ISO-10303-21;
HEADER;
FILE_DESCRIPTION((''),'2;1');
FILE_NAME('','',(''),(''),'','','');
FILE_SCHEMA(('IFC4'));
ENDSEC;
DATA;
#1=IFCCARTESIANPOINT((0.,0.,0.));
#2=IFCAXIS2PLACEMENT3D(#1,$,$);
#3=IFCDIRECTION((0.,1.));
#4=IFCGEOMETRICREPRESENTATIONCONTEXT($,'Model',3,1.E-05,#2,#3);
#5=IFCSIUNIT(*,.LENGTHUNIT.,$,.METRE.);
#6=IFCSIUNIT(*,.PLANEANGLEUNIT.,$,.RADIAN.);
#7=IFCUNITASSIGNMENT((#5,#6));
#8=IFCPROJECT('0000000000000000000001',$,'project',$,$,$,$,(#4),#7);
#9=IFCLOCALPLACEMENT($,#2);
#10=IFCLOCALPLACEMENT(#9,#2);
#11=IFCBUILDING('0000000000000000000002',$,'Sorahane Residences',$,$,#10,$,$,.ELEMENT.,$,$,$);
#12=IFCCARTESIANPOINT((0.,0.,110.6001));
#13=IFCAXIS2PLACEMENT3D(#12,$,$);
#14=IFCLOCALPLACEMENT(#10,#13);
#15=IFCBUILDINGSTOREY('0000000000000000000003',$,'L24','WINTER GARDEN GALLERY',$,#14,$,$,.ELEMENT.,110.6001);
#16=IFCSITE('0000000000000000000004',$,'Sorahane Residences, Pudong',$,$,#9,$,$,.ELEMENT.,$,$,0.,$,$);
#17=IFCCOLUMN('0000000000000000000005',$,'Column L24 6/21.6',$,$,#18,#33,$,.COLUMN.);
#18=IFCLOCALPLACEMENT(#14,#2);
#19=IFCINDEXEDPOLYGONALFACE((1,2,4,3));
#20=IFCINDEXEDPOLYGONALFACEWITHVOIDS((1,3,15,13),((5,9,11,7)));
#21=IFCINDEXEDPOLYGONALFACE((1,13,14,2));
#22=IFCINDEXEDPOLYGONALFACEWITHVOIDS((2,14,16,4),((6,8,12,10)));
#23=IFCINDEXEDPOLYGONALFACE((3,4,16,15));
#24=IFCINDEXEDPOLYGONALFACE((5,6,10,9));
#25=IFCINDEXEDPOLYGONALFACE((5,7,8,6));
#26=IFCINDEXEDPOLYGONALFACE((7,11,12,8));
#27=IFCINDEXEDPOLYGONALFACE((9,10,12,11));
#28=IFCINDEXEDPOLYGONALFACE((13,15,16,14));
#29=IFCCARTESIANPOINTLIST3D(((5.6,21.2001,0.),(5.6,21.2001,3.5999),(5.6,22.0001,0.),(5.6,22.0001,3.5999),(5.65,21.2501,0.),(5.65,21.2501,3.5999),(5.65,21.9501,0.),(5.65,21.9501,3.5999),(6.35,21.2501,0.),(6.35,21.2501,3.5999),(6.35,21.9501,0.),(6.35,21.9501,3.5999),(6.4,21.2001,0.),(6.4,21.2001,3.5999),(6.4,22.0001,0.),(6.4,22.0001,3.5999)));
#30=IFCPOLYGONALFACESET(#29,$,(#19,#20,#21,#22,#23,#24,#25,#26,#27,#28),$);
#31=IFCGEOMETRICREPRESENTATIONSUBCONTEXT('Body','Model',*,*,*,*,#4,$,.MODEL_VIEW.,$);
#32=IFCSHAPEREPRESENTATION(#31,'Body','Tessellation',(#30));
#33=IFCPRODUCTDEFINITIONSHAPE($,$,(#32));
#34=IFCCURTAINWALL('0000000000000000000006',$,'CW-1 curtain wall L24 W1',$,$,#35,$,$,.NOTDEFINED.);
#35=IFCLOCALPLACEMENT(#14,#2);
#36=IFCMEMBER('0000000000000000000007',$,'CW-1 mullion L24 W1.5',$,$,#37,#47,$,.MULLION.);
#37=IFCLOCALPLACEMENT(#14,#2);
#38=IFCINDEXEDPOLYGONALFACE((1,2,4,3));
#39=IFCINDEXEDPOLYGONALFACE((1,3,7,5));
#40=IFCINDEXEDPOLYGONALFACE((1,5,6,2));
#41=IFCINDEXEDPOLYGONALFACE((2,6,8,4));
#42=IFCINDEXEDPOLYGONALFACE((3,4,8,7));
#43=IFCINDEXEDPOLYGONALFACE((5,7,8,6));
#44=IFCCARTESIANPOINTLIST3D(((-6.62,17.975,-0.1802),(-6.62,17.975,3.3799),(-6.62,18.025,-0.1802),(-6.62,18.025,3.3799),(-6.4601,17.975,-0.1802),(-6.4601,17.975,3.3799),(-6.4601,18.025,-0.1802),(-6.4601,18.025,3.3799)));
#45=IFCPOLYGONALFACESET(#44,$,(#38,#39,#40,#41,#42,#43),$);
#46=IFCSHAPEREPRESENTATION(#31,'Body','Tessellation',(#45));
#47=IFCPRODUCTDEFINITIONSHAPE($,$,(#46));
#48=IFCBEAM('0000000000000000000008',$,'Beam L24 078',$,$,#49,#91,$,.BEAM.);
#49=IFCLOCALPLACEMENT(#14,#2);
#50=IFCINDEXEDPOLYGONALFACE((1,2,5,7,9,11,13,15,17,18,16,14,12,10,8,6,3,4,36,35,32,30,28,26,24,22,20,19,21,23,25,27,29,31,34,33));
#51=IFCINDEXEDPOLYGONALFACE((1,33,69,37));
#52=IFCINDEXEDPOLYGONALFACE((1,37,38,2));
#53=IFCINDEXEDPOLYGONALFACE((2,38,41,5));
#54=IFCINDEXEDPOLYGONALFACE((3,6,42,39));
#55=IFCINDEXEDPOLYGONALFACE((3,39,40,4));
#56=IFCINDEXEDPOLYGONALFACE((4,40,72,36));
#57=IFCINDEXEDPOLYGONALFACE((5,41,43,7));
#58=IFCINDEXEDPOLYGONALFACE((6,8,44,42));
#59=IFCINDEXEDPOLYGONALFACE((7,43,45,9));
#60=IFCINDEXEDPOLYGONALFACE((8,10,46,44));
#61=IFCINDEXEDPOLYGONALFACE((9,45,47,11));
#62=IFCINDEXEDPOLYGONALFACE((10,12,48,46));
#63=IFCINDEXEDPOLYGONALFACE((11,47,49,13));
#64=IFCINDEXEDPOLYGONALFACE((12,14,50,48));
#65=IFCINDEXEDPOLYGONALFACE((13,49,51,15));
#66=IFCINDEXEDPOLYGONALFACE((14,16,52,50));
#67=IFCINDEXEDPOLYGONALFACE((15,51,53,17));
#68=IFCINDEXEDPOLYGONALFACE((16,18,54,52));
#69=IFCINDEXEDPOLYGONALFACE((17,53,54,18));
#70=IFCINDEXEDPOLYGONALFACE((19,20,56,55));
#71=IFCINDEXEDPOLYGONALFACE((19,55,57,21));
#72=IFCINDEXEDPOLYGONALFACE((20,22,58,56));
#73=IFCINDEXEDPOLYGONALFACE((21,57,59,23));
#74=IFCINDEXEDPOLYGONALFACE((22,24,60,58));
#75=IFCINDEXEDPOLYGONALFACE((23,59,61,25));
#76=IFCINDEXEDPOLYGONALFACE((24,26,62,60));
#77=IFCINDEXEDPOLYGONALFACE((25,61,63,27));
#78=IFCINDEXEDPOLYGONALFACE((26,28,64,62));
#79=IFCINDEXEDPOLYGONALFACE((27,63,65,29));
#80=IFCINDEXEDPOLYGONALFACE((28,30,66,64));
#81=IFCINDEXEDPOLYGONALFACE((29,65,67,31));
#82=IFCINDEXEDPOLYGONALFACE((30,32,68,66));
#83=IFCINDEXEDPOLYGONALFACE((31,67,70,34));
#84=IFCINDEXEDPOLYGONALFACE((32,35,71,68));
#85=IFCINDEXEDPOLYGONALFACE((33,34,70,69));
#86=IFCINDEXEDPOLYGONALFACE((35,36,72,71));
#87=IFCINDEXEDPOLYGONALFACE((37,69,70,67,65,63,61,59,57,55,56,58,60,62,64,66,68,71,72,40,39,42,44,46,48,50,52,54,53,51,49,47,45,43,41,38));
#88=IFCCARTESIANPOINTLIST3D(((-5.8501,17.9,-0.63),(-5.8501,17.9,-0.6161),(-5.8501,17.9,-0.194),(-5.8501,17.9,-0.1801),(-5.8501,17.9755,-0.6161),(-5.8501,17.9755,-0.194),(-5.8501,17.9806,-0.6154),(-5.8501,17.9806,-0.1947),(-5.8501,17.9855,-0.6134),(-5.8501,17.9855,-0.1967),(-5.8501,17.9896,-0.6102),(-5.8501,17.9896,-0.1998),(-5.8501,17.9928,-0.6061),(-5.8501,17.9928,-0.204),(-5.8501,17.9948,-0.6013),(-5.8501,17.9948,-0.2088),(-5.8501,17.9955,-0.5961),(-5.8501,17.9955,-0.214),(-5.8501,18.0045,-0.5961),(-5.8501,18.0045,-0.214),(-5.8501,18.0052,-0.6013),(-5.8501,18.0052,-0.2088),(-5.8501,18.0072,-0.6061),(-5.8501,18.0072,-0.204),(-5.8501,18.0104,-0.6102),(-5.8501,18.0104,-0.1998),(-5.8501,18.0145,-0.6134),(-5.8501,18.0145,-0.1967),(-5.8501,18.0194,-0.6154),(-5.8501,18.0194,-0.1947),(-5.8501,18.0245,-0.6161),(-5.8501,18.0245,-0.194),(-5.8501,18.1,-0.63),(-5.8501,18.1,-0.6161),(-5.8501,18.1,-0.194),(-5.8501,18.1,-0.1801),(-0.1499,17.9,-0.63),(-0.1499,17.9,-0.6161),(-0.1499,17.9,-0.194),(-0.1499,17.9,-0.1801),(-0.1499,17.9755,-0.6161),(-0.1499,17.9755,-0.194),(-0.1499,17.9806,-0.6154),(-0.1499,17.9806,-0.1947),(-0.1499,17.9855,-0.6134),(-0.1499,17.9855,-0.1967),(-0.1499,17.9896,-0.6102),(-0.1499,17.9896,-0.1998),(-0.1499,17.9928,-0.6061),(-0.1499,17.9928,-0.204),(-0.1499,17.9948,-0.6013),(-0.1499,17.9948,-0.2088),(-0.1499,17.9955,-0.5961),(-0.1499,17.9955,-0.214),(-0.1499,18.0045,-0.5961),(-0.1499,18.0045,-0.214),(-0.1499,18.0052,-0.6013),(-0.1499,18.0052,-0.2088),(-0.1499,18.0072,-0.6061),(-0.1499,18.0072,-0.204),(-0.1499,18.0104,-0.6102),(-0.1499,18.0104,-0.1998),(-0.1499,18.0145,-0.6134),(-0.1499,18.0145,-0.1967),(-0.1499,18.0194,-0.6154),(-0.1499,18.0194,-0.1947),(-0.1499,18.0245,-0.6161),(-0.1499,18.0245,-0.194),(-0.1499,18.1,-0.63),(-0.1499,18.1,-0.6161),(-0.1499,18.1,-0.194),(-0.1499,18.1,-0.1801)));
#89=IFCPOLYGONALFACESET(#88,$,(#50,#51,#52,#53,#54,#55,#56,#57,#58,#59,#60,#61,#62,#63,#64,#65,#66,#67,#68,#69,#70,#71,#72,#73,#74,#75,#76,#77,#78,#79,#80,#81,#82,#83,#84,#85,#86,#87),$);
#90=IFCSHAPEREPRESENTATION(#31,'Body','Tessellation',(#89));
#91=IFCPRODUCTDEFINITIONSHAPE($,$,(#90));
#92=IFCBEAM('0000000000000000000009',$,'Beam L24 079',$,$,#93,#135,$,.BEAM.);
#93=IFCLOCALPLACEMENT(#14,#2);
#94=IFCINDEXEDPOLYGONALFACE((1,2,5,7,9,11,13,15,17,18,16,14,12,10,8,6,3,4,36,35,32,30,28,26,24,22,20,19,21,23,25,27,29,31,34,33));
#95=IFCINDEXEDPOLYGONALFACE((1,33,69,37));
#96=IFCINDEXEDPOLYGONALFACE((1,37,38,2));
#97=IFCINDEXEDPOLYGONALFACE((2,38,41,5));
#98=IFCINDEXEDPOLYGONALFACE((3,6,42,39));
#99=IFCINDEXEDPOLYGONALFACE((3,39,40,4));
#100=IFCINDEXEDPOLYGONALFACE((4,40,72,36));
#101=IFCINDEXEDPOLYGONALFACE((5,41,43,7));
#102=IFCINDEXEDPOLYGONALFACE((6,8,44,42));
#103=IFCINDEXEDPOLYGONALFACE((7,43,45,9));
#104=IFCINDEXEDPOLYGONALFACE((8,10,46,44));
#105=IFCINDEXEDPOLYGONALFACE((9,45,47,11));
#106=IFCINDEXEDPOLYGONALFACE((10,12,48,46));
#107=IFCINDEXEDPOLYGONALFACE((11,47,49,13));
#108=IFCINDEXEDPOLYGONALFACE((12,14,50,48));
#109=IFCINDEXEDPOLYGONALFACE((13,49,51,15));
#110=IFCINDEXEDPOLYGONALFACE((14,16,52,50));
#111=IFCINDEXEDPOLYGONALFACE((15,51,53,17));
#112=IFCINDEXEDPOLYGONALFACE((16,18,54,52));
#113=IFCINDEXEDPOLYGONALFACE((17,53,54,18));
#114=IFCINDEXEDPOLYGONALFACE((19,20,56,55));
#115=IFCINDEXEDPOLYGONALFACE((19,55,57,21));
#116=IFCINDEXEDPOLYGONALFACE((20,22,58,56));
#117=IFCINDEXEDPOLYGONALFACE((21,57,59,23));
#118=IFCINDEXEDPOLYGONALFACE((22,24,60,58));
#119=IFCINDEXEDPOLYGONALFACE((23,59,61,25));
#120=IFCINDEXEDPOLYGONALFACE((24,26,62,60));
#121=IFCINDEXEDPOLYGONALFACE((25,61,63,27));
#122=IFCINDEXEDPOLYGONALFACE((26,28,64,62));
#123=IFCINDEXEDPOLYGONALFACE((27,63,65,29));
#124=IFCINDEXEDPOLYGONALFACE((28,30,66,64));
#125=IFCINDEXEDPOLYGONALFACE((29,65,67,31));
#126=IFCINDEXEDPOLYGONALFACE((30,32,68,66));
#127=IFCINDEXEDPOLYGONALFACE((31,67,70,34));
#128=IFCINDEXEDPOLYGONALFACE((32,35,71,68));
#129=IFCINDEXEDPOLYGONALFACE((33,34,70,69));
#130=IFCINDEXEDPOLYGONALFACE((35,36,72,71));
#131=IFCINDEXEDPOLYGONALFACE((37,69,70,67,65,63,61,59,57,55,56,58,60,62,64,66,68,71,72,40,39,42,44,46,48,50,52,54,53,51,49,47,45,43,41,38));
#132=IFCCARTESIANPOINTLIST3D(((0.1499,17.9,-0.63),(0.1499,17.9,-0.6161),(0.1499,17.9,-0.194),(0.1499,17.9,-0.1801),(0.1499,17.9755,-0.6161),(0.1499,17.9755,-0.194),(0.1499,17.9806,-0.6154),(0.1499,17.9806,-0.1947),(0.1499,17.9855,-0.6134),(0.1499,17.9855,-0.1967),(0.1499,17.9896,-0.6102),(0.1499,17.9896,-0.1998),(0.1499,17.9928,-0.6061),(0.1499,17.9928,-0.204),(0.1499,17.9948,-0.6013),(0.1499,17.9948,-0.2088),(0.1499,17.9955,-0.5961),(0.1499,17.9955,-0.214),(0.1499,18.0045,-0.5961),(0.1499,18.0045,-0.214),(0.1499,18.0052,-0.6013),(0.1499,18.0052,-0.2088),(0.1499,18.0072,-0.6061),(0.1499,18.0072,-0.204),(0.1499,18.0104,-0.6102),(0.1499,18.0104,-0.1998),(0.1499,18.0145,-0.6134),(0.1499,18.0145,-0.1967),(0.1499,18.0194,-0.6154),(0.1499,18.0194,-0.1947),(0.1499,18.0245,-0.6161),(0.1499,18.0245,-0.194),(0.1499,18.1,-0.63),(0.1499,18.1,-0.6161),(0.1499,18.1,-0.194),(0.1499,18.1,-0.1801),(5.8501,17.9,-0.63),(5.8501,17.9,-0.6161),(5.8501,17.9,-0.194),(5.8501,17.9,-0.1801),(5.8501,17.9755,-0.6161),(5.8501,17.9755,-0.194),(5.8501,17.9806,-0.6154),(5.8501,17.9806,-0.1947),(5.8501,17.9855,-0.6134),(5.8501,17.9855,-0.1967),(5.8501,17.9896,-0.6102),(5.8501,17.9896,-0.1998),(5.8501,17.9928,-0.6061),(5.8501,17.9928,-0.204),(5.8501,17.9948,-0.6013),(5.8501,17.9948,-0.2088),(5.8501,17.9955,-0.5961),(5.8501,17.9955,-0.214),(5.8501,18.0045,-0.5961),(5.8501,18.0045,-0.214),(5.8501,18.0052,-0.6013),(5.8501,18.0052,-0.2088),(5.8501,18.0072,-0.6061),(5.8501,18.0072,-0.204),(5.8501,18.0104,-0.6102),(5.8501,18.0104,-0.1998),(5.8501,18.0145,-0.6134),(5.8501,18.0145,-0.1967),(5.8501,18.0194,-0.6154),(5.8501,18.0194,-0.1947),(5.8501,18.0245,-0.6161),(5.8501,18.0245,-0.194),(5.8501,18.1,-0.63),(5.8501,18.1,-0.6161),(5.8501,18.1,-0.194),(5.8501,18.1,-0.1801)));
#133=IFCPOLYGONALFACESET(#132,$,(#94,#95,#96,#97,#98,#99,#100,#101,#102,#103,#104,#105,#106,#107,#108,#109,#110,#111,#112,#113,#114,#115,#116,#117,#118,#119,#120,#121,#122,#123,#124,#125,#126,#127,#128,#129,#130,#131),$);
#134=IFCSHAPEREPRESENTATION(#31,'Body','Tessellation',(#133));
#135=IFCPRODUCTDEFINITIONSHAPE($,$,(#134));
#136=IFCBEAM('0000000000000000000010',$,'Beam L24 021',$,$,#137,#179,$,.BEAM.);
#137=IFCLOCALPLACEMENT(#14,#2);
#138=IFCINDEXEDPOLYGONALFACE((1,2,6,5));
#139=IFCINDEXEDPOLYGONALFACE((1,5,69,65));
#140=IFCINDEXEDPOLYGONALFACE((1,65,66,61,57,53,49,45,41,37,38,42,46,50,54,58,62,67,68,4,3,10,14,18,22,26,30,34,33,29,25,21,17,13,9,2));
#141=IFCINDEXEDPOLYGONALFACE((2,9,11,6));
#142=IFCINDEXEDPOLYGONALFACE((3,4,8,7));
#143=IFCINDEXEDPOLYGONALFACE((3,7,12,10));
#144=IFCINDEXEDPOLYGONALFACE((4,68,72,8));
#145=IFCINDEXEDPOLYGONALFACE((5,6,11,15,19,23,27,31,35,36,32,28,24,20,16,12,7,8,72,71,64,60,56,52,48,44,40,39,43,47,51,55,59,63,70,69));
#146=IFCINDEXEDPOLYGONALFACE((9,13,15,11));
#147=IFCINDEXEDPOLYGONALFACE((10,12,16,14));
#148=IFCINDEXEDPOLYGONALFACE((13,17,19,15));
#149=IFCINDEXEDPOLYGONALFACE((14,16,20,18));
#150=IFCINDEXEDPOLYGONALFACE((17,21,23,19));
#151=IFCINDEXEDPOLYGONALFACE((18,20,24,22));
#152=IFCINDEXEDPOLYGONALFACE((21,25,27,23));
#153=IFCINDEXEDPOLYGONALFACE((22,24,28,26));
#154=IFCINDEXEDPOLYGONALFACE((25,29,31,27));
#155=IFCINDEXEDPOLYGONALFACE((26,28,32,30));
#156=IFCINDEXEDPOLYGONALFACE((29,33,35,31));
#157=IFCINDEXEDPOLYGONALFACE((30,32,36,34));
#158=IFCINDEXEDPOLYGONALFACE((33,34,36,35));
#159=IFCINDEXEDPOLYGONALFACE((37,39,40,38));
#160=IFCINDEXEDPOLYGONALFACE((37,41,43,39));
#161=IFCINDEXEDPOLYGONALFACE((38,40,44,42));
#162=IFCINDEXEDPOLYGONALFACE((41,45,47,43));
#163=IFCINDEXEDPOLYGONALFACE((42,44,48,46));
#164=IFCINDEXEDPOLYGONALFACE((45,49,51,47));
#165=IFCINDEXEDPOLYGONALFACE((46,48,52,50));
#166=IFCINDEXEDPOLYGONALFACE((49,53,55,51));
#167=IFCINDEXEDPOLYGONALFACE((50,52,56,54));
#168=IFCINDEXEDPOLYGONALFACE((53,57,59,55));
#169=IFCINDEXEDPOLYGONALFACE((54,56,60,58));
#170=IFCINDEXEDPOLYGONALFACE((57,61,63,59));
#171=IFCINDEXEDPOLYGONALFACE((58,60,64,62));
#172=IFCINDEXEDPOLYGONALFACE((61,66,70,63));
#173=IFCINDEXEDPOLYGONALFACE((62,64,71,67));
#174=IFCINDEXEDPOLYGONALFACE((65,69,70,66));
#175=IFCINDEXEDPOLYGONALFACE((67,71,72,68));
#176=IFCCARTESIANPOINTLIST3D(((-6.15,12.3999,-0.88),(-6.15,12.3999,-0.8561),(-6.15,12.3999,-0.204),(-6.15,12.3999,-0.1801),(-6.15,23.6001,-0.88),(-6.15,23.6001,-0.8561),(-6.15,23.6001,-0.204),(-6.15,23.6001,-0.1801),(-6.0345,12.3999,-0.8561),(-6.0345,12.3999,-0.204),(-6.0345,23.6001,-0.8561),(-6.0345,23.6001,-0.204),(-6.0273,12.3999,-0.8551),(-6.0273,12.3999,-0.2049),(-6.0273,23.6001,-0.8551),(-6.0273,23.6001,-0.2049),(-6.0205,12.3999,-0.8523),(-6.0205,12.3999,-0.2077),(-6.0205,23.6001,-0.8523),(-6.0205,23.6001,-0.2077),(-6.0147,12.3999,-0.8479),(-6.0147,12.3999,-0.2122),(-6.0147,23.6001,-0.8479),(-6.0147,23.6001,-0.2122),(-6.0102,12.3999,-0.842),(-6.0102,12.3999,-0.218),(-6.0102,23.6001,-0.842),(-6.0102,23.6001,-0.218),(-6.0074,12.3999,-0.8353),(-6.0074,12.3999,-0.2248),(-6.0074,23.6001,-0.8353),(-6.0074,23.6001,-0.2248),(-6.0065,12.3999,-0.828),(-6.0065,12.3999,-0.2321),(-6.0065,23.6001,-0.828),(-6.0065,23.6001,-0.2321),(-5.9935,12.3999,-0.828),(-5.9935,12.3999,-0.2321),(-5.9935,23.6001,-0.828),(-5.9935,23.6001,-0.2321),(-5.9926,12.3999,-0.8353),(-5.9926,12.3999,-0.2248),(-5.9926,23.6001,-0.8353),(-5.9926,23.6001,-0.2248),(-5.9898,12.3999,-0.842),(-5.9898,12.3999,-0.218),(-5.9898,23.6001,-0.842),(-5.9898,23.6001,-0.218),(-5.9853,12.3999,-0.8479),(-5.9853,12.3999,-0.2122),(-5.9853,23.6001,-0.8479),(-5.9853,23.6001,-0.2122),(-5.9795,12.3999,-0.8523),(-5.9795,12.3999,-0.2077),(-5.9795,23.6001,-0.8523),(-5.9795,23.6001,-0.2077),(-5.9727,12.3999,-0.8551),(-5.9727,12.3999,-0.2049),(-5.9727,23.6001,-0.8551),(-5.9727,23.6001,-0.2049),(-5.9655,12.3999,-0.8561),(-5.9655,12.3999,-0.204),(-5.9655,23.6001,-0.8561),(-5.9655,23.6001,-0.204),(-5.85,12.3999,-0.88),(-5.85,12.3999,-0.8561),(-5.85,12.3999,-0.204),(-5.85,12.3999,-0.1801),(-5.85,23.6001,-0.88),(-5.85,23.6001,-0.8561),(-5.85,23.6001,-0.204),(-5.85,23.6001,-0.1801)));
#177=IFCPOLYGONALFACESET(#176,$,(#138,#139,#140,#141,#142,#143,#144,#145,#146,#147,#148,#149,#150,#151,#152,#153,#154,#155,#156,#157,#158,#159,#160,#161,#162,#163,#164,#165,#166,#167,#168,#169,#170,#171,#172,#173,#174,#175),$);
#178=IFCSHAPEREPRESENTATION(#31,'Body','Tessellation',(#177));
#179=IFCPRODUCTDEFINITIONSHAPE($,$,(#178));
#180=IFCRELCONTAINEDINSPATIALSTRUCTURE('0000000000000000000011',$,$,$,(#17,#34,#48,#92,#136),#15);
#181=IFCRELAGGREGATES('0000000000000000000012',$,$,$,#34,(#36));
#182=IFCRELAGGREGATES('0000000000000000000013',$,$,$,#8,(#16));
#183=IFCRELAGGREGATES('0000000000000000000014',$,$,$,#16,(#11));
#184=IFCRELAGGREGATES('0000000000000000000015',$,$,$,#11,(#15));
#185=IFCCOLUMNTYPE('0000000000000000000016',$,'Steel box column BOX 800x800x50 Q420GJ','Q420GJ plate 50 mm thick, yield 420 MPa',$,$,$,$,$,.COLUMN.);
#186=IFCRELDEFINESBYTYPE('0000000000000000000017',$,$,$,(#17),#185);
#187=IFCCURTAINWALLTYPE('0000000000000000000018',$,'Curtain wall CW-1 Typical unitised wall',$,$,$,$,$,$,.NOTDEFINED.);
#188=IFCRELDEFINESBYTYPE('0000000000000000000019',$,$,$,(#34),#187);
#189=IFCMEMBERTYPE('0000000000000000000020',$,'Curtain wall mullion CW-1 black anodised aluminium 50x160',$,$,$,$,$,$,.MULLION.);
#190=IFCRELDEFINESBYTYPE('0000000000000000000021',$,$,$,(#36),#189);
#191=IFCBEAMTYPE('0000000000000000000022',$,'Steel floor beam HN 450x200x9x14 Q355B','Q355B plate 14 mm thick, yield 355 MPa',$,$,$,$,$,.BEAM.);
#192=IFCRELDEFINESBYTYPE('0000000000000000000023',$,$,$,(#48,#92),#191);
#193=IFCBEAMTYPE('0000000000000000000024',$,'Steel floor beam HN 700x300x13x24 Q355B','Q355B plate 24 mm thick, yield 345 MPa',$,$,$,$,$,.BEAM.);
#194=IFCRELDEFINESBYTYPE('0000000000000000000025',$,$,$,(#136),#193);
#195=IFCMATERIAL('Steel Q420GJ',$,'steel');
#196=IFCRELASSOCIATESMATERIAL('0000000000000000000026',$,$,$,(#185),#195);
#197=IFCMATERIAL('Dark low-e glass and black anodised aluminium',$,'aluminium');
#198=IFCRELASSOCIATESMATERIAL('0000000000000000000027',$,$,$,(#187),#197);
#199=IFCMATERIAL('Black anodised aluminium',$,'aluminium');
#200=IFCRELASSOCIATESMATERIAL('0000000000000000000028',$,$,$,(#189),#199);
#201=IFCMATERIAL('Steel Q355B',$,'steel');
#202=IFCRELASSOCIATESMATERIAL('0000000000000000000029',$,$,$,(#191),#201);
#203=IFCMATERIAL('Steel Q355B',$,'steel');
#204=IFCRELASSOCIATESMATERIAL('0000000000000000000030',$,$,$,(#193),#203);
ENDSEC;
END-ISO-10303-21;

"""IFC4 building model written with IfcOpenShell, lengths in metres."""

from ifc_helpers import new_model, si_unit, direction, frame, origin, origin_2d, place, context, subcontext, project, spatial, rectangle, hollow_rectangle, i_section, extrude, material, material_profile, profile_set, type_object, element, aggregate, save


model = new_model("IFC4")

# Units and contexts
model_context = context("Model", 3, precision=1e-05, world=origin(), true_north=direction((0.0, 1.0)))
body_context = subcontext(model_context, "Body", "Model", "MODEL_VIEW")
ifc_project = project(units=[si_unit("LENGTHUNIT", "METRE"), si_unit("PLANEANGLEUNIT", "RADIAN")], contexts=[model_context])

# Site, building, storey
site_placement = place(None, origin())
site = spatial("IfcSite", under=ifc_project, at=site_placement, Name="Sorahane Residences, Pudong", CompositionType="ELEMENT", RefElevation=0.0)
building_placement = place(site_placement, origin())
building = spatial("IfcBuilding", under=site, at=building_placement, Name="Sorahane Residences", CompositionType="ELEMENT")
storey_placement = place(building_placement, frame((0.0, 0.0, 110.6001)))
storey = spatial("IfcBuildingStorey", under=building, at=storey_placement, Name="L24", Description="WINTER GARDEN GALLERY", CompositionType="ELEMENT", Elevation=110.6001)

# Column
ifc_material_1 = material(Name="Steel Q420GJ", Category="steel")
ifc_material_profile_1 = material_profile(ifc_material_1, hollow_rectangle(XDim=0.8, YDim=0.8, WallThickness=0.05, at=origin_2d()), Name="BOX 800x800x50")
ifc_profile_set_1 = profile_set([ifc_material_profile_1], Name="Steel Q420GJ")
column_type = type_object("IfcColumnType", Name="Steel box column BOX 800x800x50 Q420GJ", Description="Q420GJ plate 50 mm thick, yield 420 MPa", PredefinedType="COLUMN", material=ifc_profile_set_1)
column_placement = place(storey_placement, frame((6.0, 21.6001, 0.0), z_axis=(0.0, 0.0, 1.0), x_axis=(1.0, 0.0, 0.0)))
element("IfcColumn", 1, at=column_placement, inside=storey, type_object=column_type, Name="Column L24 6/21.6", PredefinedType="COLUMN", context=body_context, shape_type="SweptSolid", body=[
    extrude(hollow_rectangle(XDim=0.8, YDim=0.8, WallThickness=0.05, at=origin_2d()), origin(), (0.0, 0.0, 1.0), 3.5999),
])

# Curtain wall, member
ifc_material_2 = material(Name="Dark low-e glass and black anodised aluminium", Category="aluminium")
curtain_wall_type = type_object("IfcCurtainWallType", Name="Curtain wall CW-1 Typical unitised wall", PredefinedType="NOTDEFINED", material=ifc_material_2)
curtain_wall_placement = place(storey_placement, origin())
curtain_wall = element("IfcCurtainWall", 2, at=curtain_wall_placement, inside=storey, type_object=curtain_wall_type, Name="CW-1 curtain wall L24 W1", PredefinedType="NOTDEFINED")
ifc_material_3 = material(Name="Black anodised aluminium", Category="aluminium")
ifc_material_profile_2 = material_profile(ifc_material_3, rectangle(XDim=0.1599, YDim=0.05, at=origin_2d()), Name="Curtain wall mullion CW-1 black anodised aluminium 50x160")
ifc_profile_set_2 = profile_set([ifc_material_profile_2], Name="Black anodised aluminium")
member_type = type_object("IfcMemberType", Name="Curtain wall mullion CW-1 black anodised aluminium 50x160", PredefinedType="MULLION", material=ifc_profile_set_2)
member_placement = place(storey_placement, frame((-6.54, 18.0, -0.1802), z_axis=(0.0, 0.0, 1.0), x_axis=(-1.0, 0.0, 0.0)))
member = element("IfcMember", 3, at=member_placement, type_object=member_type, Name="CW-1 mullion L24 W1.5", PredefinedType="MULLION", context=body_context, shape_type="SweptSolid", body=[
    extrude(rectangle(XDim=0.1599, YDim=0.05, at=origin_2d()), origin(), (0.0, 0.0, 1.0), 3.5601),
])

# Beams
ifc_material_4 = material(Name="Steel Q355B", Category="steel")
ifc_material_profile_3 = material_profile(ifc_material_4, i_section(OverallWidth=0.2, OverallDepth=0.45, WebThickness=0.009, FlangeThickness=0.0139, FilletRadius=0.02, at=origin_2d()), Name="HN 450x200x9x14")
ifc_profile_set_3 = profile_set([ifc_material_profile_3], Name="Steel Q355B")
beam_type_1 = type_object("IfcBeamType", Name="Steel floor beam HN 450x200x9x14 Q355B", Description="Q355B plate 14 mm thick, yield 355 MPa", PredefinedType="BEAM", material=ifc_profile_set_3)
for number, where, z_axis, x_axis, name in (
    (4, (-5.8501, 18.0, -0.405), (1.0, 0.0, 0.0), (0.0, 1.0, 0.0), "Beam L24 078"),
    (5, (0.1499, 18.0, -0.405), (1.0, 0.0, 0.0), (0.0, 1.0, 0.0), "Beam L24 079"),
):
    element("IfcBeam", number, at=place(storey_placement, frame(where, z_axis=z_axis, x_axis=x_axis)), inside=storey, type_object=beam_type_1, Name=name, PredefinedType="BEAM", context=body_context, shape_type="SweptSolid", body=[
        extrude(i_section(OverallWidth=0.2, OverallDepth=0.45, WebThickness=0.009, FlangeThickness=0.0139, FilletRadius=0.02, at=origin_2d()), origin(), (0.0, 0.0, 1.0), 5.7002),
    ])
ifc_material_5 = material(Name="Steel Q355B", Category="steel")
ifc_material_profile_4 = material_profile(ifc_material_5, i_section(OverallWidth=0.3, OverallDepth=0.7, WebThickness=0.0129, FlangeThickness=0.0239, FilletRadius=0.0281, at=origin_2d()), Name="HN 700x300x13x24")
ifc_profile_set_4 = profile_set([ifc_material_profile_4], Name="Steel Q355B")
beam_type_2 = type_object("IfcBeamType", Name="Steel floor beam HN 700x300x13x24 Q355B", Description="Q355B plate 24 mm thick, yield 345 MPa", PredefinedType="BEAM", material=ifc_profile_set_4)
beam_1_placement = place(storey_placement, frame((-6.0, 12.3999, -0.53), z_axis=(0.0, 1.0, 0.0), x_axis=(-1.0, 0.0, 0.0)))
element("IfcBeam", 6, at=beam_1_placement, inside=storey, type_object=beam_type_2, Name="Beam L24 021", PredefinedType="BEAM", context=body_context, shape_type="SweptSolid", body=[
    extrude(i_section(OverallWidth=0.3, OverallDepth=0.7, WebThickness=0.0129, FlangeThickness=0.0239, FilletRadius=0.0281, at=origin_2d()), origin(), (0.0, 0.0, 1.0), 11.2002),
])

aggregate(curtain_wall, [member])

save(model, "model.ifc")
